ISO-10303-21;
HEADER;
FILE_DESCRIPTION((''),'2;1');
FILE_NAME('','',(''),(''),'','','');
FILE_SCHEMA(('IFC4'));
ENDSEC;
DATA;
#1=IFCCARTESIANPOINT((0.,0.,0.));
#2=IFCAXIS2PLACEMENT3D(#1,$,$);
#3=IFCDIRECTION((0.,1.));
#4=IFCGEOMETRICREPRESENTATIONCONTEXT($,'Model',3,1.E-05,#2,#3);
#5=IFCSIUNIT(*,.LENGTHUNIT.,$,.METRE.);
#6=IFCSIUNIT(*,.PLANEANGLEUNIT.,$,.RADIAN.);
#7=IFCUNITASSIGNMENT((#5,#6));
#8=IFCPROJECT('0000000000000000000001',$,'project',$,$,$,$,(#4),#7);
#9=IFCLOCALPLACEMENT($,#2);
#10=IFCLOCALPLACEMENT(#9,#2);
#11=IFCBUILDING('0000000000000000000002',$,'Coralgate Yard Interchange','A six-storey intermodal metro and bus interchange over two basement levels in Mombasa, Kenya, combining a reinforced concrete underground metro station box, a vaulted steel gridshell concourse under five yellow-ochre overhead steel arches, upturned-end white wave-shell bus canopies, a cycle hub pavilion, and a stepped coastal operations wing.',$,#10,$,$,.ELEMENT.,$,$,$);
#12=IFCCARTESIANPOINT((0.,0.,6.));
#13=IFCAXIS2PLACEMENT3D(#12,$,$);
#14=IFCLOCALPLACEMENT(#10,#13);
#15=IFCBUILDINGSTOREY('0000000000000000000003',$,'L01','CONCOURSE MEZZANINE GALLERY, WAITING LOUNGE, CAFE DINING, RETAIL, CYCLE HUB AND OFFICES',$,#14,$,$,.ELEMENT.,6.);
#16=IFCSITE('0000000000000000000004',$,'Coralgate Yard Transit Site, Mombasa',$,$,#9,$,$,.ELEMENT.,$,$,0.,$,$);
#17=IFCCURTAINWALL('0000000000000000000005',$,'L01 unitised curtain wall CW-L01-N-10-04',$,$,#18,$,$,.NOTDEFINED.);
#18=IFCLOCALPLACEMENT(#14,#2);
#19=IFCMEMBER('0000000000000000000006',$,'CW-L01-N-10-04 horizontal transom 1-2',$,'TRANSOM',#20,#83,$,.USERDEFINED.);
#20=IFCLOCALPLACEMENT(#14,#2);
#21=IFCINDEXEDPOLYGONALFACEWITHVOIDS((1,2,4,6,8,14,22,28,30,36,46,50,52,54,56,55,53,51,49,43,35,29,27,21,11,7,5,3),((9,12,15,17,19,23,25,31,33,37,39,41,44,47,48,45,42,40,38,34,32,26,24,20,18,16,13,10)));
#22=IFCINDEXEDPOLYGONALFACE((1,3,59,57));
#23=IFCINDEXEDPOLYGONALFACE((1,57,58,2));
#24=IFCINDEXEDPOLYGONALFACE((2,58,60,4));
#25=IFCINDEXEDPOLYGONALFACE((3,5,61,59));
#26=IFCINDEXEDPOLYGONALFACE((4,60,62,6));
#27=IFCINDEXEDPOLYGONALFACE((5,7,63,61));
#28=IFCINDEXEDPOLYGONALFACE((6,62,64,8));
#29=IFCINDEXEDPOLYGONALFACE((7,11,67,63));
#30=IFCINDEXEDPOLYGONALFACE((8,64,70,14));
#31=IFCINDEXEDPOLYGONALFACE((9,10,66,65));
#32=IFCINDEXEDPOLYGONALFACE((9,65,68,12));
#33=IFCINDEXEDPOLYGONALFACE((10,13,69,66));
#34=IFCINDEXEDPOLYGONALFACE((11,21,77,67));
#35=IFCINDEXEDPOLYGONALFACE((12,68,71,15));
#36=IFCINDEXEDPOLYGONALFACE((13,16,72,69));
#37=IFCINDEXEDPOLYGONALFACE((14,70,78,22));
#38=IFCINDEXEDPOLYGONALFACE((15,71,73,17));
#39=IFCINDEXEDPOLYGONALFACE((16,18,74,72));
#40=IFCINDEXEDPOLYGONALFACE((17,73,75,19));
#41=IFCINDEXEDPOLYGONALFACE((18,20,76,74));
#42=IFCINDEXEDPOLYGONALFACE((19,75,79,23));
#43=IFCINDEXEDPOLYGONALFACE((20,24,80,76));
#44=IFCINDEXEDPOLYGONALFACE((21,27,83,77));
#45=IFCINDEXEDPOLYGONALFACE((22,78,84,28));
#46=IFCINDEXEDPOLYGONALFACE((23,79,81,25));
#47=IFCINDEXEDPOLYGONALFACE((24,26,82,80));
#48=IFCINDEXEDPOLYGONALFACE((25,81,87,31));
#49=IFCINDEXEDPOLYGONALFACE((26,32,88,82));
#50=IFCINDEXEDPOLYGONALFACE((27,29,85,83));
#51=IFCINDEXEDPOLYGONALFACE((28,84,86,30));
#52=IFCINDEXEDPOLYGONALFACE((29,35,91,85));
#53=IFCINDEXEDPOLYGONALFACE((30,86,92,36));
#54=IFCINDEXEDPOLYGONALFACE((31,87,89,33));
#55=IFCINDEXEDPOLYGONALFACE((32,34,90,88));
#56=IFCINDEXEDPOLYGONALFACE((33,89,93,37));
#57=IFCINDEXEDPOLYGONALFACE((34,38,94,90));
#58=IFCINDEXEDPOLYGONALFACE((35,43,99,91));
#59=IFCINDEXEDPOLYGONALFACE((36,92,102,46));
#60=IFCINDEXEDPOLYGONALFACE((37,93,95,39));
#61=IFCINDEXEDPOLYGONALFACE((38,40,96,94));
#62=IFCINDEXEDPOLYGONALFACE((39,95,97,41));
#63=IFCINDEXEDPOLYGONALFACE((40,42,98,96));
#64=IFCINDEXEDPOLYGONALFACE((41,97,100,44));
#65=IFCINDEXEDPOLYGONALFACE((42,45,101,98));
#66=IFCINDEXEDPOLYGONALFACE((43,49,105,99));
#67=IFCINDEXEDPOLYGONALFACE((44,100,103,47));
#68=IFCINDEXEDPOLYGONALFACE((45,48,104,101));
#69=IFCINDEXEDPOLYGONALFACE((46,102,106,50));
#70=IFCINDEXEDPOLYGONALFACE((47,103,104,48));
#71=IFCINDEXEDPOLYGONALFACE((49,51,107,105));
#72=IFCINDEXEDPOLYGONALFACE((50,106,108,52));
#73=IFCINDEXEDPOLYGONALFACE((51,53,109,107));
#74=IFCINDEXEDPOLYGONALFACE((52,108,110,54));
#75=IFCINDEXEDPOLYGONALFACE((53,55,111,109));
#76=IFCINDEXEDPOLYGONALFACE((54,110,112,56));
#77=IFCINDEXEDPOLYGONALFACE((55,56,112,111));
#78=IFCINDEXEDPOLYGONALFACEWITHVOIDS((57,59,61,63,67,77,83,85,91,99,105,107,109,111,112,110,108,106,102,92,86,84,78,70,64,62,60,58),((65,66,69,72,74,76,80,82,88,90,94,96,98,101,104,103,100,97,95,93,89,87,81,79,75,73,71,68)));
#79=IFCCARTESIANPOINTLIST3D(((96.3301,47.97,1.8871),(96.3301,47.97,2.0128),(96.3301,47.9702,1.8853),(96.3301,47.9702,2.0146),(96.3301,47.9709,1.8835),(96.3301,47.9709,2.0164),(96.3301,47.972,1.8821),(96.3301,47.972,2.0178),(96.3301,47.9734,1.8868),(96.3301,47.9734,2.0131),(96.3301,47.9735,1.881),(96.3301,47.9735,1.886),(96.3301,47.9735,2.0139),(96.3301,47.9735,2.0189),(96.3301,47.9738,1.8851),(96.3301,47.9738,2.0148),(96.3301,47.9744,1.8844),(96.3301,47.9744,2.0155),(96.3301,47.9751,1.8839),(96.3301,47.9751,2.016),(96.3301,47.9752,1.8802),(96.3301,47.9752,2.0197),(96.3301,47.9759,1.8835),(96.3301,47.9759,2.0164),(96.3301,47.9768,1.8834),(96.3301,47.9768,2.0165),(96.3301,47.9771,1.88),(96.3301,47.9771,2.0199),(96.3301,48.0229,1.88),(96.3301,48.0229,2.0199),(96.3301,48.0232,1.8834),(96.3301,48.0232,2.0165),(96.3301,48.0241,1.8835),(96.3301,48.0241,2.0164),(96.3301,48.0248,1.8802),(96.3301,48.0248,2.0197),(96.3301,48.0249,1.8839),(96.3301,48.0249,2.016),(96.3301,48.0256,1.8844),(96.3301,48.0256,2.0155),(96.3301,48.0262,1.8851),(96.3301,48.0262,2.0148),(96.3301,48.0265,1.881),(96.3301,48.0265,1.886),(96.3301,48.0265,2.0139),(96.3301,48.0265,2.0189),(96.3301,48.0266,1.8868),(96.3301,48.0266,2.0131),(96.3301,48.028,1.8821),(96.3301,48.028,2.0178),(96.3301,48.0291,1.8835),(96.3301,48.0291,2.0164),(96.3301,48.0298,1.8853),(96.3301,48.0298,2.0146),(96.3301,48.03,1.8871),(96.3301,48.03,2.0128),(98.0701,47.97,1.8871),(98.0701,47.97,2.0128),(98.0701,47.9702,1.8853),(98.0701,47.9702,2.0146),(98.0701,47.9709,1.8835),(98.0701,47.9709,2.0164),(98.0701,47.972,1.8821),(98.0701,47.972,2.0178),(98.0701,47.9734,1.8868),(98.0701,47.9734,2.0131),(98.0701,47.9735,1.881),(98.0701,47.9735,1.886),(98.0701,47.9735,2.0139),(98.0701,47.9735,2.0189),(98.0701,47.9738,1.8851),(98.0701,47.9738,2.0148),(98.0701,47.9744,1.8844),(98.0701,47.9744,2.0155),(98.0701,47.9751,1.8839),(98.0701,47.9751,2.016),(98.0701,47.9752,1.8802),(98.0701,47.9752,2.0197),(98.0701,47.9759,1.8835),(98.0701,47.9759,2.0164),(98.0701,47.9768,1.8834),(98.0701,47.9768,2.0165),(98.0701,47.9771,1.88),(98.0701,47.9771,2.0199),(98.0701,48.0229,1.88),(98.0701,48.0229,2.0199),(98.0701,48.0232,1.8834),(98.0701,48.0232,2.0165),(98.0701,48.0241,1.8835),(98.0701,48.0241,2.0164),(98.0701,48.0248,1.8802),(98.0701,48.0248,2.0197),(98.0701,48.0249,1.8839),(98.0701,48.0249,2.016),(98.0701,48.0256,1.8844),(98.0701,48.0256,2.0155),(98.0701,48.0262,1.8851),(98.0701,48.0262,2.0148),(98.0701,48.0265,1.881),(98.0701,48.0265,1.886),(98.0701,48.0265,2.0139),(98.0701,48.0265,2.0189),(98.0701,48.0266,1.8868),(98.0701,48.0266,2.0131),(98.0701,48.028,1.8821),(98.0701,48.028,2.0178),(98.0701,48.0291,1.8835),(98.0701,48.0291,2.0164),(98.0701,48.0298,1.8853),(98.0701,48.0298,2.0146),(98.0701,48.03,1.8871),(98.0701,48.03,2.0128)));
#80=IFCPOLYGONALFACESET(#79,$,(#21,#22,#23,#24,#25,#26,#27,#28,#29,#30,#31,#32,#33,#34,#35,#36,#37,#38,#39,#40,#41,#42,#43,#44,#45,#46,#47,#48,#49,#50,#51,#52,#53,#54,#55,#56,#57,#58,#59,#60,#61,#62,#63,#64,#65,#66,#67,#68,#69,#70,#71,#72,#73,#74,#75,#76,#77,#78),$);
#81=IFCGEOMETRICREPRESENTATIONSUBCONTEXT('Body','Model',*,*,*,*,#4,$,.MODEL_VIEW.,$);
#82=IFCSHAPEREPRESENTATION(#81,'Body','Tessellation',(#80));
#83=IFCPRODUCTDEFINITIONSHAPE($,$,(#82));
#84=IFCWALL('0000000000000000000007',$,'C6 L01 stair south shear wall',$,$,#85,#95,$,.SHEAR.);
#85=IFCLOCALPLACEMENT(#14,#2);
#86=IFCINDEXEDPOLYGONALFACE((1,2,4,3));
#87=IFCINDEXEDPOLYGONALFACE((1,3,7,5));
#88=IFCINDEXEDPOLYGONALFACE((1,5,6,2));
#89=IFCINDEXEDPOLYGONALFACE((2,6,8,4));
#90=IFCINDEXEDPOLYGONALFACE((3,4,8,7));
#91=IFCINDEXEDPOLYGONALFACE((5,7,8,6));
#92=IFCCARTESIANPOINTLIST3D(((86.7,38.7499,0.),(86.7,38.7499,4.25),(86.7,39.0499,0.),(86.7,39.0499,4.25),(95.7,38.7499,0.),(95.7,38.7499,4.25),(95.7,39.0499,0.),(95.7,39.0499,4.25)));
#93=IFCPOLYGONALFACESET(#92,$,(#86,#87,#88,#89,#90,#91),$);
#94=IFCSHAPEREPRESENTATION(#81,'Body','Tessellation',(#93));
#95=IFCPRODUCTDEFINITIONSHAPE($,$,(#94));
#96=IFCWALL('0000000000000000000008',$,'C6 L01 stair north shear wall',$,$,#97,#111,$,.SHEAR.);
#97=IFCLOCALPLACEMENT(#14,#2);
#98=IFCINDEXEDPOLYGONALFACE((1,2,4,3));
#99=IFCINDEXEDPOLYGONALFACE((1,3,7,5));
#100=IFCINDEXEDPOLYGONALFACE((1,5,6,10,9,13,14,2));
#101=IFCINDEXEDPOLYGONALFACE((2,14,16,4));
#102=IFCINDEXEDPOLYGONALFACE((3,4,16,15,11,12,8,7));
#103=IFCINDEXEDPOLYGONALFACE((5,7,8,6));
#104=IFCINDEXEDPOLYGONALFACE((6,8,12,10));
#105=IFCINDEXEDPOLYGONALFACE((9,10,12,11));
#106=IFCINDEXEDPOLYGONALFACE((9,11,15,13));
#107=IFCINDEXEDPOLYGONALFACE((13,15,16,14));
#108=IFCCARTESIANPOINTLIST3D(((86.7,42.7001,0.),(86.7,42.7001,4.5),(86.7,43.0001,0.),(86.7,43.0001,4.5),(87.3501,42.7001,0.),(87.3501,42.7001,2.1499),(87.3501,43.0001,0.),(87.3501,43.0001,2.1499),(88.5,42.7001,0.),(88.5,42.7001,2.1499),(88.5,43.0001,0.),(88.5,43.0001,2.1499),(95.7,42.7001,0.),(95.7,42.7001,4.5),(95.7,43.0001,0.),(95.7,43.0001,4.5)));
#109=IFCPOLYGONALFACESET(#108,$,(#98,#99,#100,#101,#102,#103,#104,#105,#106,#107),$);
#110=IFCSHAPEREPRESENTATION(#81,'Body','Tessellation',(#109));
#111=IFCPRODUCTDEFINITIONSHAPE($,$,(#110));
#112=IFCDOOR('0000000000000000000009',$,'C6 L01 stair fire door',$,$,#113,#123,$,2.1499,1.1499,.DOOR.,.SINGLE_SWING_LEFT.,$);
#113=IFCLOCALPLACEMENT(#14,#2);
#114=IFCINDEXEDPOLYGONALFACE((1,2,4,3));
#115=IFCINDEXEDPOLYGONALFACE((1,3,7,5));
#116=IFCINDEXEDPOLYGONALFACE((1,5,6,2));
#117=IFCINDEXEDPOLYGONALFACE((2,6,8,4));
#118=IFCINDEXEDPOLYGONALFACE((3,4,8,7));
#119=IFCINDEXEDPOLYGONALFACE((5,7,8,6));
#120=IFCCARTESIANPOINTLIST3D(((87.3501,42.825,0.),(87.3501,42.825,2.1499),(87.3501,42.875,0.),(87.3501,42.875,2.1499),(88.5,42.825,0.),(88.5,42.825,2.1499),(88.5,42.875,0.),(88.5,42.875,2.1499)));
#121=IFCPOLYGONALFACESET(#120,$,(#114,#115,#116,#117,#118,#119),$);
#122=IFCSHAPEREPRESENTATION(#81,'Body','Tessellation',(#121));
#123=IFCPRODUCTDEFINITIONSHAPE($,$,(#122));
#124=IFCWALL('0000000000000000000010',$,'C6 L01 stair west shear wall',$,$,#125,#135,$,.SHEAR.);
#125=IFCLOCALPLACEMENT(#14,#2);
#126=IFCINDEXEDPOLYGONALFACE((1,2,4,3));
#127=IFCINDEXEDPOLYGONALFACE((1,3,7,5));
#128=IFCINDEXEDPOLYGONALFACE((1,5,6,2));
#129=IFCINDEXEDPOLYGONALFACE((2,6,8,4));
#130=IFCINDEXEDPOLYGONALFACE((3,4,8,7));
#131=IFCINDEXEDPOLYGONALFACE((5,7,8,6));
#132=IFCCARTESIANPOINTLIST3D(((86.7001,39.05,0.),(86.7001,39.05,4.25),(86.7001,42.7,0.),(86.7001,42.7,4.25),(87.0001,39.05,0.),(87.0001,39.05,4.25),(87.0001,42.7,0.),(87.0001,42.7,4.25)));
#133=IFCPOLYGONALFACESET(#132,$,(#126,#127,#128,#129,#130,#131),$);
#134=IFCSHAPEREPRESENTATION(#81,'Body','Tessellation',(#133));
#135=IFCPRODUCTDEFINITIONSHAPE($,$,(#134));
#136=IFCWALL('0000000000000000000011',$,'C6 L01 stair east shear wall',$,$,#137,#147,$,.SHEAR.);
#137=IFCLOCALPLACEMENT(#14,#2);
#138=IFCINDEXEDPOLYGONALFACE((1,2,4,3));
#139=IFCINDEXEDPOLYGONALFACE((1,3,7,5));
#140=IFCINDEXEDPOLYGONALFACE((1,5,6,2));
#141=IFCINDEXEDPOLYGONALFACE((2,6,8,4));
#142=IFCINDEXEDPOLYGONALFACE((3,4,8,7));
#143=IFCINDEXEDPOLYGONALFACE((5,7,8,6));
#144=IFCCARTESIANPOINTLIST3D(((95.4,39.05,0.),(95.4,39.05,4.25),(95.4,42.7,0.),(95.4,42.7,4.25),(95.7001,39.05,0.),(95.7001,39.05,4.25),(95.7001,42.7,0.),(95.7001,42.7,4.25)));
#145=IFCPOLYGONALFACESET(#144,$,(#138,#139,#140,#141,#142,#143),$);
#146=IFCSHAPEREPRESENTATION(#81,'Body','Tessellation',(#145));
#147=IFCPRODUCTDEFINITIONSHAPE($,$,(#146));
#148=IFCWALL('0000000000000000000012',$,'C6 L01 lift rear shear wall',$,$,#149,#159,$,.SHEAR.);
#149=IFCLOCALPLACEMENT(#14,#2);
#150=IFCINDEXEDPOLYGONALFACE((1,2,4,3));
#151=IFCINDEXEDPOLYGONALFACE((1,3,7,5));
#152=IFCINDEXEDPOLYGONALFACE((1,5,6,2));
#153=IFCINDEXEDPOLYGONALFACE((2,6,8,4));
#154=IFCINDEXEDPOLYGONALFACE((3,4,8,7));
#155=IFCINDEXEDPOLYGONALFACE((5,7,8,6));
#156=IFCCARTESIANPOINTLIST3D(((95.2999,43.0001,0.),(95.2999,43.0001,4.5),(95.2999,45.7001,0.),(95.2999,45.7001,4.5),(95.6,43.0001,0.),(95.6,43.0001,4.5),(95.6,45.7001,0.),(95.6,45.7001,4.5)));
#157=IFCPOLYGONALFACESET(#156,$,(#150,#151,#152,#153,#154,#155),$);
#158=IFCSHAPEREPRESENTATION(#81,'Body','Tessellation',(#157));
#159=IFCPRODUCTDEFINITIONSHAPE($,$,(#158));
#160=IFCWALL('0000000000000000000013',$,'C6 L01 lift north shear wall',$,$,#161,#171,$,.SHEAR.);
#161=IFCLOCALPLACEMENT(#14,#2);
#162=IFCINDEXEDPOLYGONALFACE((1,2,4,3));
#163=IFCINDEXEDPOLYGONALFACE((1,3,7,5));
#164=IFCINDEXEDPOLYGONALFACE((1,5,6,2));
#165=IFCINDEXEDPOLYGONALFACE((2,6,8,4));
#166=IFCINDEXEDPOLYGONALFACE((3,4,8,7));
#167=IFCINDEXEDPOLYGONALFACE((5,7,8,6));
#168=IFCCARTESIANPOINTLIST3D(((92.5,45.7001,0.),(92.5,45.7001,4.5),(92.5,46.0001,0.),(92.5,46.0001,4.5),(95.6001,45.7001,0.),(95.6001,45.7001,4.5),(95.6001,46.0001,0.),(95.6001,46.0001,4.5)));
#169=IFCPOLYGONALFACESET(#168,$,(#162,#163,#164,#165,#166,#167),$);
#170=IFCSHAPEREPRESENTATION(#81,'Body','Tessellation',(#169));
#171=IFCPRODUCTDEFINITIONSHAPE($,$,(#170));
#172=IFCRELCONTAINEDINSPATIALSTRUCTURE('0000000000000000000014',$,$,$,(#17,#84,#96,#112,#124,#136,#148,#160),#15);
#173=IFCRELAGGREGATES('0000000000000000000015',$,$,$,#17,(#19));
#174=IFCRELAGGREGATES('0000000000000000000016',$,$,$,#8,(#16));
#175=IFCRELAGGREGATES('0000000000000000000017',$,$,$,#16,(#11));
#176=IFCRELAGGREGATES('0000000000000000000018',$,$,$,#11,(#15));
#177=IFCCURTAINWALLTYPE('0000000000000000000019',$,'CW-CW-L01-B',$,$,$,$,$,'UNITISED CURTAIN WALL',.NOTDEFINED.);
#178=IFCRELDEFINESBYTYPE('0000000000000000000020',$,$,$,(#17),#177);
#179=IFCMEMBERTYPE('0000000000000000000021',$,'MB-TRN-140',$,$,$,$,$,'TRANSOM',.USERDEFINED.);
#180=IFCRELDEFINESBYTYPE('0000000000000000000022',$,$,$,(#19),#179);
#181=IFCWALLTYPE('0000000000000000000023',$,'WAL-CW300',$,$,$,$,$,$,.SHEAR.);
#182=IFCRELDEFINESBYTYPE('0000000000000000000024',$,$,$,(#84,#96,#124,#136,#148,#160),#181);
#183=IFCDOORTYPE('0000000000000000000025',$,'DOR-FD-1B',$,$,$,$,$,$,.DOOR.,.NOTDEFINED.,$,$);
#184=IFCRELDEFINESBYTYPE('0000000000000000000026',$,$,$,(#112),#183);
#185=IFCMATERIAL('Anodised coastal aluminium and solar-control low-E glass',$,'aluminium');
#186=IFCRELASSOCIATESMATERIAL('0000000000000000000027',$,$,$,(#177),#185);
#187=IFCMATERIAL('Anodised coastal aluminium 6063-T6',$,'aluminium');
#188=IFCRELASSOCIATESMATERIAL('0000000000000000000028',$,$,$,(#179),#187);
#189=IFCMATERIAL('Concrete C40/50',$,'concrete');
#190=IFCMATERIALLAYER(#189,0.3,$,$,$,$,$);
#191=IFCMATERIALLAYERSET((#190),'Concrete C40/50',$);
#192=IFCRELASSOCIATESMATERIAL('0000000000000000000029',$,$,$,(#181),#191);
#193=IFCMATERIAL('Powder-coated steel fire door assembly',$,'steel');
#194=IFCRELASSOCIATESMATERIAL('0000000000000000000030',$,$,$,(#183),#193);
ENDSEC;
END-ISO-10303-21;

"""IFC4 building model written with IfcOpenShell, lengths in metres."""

from ifc_helpers import new_model, si_unit, direction, frame, frame_2d, origin, origin_2d, place, context, subcontext, project, spatial, rectangle, hollow_rectangle, extrude, material, layer, layer_set, material_profile, profile_set, type_object, element, fill, aggregate, save


model = new_model("IFC4")

# Units and contexts
model_context = context("Model", 3, precision=1e-05, world=origin(), true_north=direction((0.0, 1.0)))
body_context = subcontext(model_context, "Body", "Model", "MODEL_VIEW")
ifc_project = project(units=[si_unit("LENGTHUNIT", "METRE"), si_unit("PLANEANGLEUNIT", "RADIAN")], contexts=[model_context])

# Site, building, storey
site_placement = place(None, origin())
site = spatial("IfcSite", under=ifc_project, at=site_placement, Name="Coralgate Yard Transit Site, Mombasa", CompositionType="ELEMENT", RefElevation=0.0)
building_placement = place(site_placement, origin())
building = spatial("IfcBuilding", under=site, at=building_placement, Name="Coralgate Yard Interchange", Description="A six-storey intermodal metro and bus interchange over two basement levels in Mombasa, Kenya, combining a reinforced concrete underground metro station box, a vaulted steel gridshell concourse under five yellow-ochre overhead steel arches, upturned-end white wave-shell bus canopies, a cycle hub pavilion, and a stepped coastal operations wing.", CompositionType="ELEMENT")
storey_placement = place(building_placement, frame((0.0, 0.0, 6.0)))
storey = spatial("IfcBuildingStorey", under=building, at=storey_placement, Name="L01", Description="CONCOURSE MEZZANINE GALLERY, WAITING LOUNGE, CAFE DINING, RETAIL, CYCLE HUB AND OFFICES", CompositionType="ELEMENT", Elevation=6.0)

# Shared definitions
ifc_material_1 = material(Name="Anodised coastal aluminium and solar-control low-E glass", Category="aluminium")
ifc_material_2 = material(Name="Anodised coastal aluminium 6063-T6", Category="aluminium")

# Curtain wall, member
curtain_wall_type_1 = type_object("IfcCurtainWallType", Name="CW-CW-L01-B", ElementType="UNITISED CURTAIN WALL", PredefinedType="NOTDEFINED", material=ifc_material_1)
curtain_wall_1_placement = place(storey_placement, origin())
curtain_wall_1 = element("IfcCurtainWall", 1, at=curtain_wall_1_placement, inside=storey, type_object=curtain_wall_type_1, Name="L01 unitised curtain wall CW-L01-N-10-04", PredefinedType="NOTDEFINED")
ifc_material_profile_1 = material_profile(ifc_material_2, hollow_rectangle(XDim=0.0601, YDim=0.1399, WallThickness=0.0034, InnerFilletRadius=0.0034, OuterFilletRadius=0.0071, at=origin_2d()), Name="ALU 60x140x3.5")
ifc_profile_set_1 = profile_set([ifc_material_profile_1], Name="Anodised coastal aluminium 6063-T6")
member_type_1 = type_object("IfcMemberType", Name="MB-TRN-140", ElementType="TRANSOM", PredefinedType="USERDEFINED", material=ifc_profile_set_1)
member_1_placement = place(storey_placement, frame((96.3301, 48.0, 1.95), z_axis=(1.0, 0.0, 0.0), x_axis=(0.0, 1.0, 0.0)))
member_1 = element("IfcMember", 2, at=member_1_placement, type_object=member_type_1, Name="CW-L01-N-10-04 horizontal transom 1-2", ObjectType="TRANSOM", PredefinedType="USERDEFINED", context=body_context, shape_type="SweptSolid", body=[
    extrude(hollow_rectangle(XDim=0.0601, YDim=0.1399, WallThickness=0.0034, InnerFilletRadius=0.0034, OuterFilletRadius=0.0071, at=origin_2d()), origin(), (0.0, 0.0, 1.0), 1.74),
])
aggregate(curtain_wall_1, [member_1])

# Wall
ifc_material_3 = material(Name="Concrete C40/50", Category="concrete")
ifc_layer_1 = layer(ifc_material_3, 0.3)
ifc_layer_set_1 = layer_set([ifc_layer_1], Name="Concrete C40/50")
wall_type_1 = type_object("IfcWallType", Name="WAL-CW300", PredefinedType="SHEAR", material=ifc_layer_set_1)
wall_1_placement = place(storey_placement, frame((86.7, 38.8999, 0.0), z_axis=(0.0, 0.0, 1.0), x_axis=(1.0, 0.0, 0.0)))
element("IfcWall", 3, at=wall_1_placement, inside=storey, type_object=wall_type_1, Name="C6 L01 stair south shear wall", PredefinedType="SHEAR", context=body_context, shape_type="SweptSolid", body=[
    extrude(rectangle(XDim=9.0, YDim=0.3, at=frame_2d((4.5, 0.0))), origin(), (0.0, 0.0, 1.0), 4.25),
])

# Wall, opening, door
wall_2_placement = place(storey_placement, frame((95.7, 42.8501, 0.0), z_axis=(0.0, 0.0, 1.0), x_axis=(-1.0, 0.0, 0.0)))
wall_2 = element("IfcWall", 4, at=wall_2_placement, inside=storey, type_object=wall_type_1, Name="C6 L01 stair north shear wall", PredefinedType="SHEAR", context=body_context, shape_type="SweptSolid", body=[
    extrude(rectangle(XDim=9.0, YDim=0.3, at=frame_2d((4.5, 0.0))), origin(), (0.0, 0.0, 1.0), 4.5),
])
opening_1_placement = place(wall_2_placement, frame((7.2, 0.0, 0.0)))
opening_1 = element("IfcOpeningElement", 5, at=opening_1_placement, cuts=wall_2, PredefinedType="OPENING", context=body_context, shape_type="SweptSolid", body=[
    extrude(rectangle(XDim=1.1499, YDim=2.1499, at=frame_2d((0.575, 1.075))), frame((0.0, 0.1599, 0.0), z_axis=(0.0, -1.0, 0.0), x_axis=(1.0, 0.0, 0.0)), (0.0, 0.0, 1.0), 0.3201),
])
ifc_material_4 = material(Name="Powder-coated steel fire door assembly", Category="steel")
door_type_1 = type_object("IfcDoorType", Name="DOR-FD-1B", OperationType="NOTDEFINED", PredefinedType="DOOR", material=ifc_material_4)
door_1_placement = place(opening_1_placement, frame((1.1499, 0.0, 0.0), z_axis=(0.0, 0.0, 1.0), x_axis=(-1.0, 0.0, 0.0)))
door_1 = element("IfcDoor", 6, at=door_1_placement, inside=storey, type_object=door_type_1, Name="C6 L01 stair fire door", OperationType="SINGLE_SWING_LEFT", OverallHeight=2.1499, OverallWidth=1.1499, PredefinedType="DOOR", context=body_context, shape_type="SweptSolid", body=[
    extrude(rectangle(XDim=1.1499, YDim=2.1499, at=frame_2d((0.575, 1.075))), frame((0.0, 0.0249, 0.0), z_axis=(0.0, -1.0, 0.0), x_axis=(1.0, 0.0, 0.0)), (0.0, 0.0, 1.0), 0.05),
])
fill(opening_1, door_1)

# Walls
for number, where, z_axis, x_axis, name in (
    (7, (86.8501, 39.05, 0.0), (0.0, 0.0, 1.0), (0.0, 1.0, 0.0), "C6 L01 stair west shear wall"),
    (8, (95.55, 42.7, 0.0), (0.0, 0.0, 1.0), (0.0, -1.0, 0.0), "C6 L01 stair east shear wall"),
):
    element("IfcWall", number, at=place(storey_placement, frame(where, z_axis=z_axis, x_axis=x_axis)), inside=storey, type_object=wall_type_1, Name=name, PredefinedType="SHEAR", context=body_context, shape_type="SweptSolid", body=[
        extrude(rectangle(XDim=3.6499, YDim=0.3, at=frame_2d((1.825, 0.0))), origin(), (0.0, 0.0, 1.0), 4.25),
    ])

# Walls
wall_3_placement = place(storey_placement, frame((95.45, 43.0, 0.0), z_axis=(0.0, 0.0, 1.0), x_axis=(0.0, 1.0, 0.0)))
element("IfcWall", 9, at=wall_3_placement, inside=storey, type_object=wall_type_1, Name="C6 L01 lift rear shear wall", PredefinedType="SHEAR", context=body_context, shape_type="SweptSolid", body=[
    extrude(rectangle(XDim=2.7, YDim=0.3, at=frame_2d((1.3501, 0.0))), origin(), (0.0, 0.0, 1.0), 4.5),
])
wall_4_placement = place(storey_placement, frame((92.5, 45.8501, 0.0), z_axis=(0.0, 0.0, 1.0), x_axis=(1.0, 0.0, 0.0)))
element("IfcWall", 10, at=wall_4_placement, inside=storey, type_object=wall_type_1, Name="C6 L01 lift north shear wall", PredefinedType="SHEAR", context=body_context, shape_type="SweptSolid", body=[
    extrude(rectangle(XDim=3.1001, YDim=0.3, at=frame_2d((1.55, 0.0))), origin(), (0.0, 0.0, 1.0), 4.5),
])

save(model, "model.ifc")
